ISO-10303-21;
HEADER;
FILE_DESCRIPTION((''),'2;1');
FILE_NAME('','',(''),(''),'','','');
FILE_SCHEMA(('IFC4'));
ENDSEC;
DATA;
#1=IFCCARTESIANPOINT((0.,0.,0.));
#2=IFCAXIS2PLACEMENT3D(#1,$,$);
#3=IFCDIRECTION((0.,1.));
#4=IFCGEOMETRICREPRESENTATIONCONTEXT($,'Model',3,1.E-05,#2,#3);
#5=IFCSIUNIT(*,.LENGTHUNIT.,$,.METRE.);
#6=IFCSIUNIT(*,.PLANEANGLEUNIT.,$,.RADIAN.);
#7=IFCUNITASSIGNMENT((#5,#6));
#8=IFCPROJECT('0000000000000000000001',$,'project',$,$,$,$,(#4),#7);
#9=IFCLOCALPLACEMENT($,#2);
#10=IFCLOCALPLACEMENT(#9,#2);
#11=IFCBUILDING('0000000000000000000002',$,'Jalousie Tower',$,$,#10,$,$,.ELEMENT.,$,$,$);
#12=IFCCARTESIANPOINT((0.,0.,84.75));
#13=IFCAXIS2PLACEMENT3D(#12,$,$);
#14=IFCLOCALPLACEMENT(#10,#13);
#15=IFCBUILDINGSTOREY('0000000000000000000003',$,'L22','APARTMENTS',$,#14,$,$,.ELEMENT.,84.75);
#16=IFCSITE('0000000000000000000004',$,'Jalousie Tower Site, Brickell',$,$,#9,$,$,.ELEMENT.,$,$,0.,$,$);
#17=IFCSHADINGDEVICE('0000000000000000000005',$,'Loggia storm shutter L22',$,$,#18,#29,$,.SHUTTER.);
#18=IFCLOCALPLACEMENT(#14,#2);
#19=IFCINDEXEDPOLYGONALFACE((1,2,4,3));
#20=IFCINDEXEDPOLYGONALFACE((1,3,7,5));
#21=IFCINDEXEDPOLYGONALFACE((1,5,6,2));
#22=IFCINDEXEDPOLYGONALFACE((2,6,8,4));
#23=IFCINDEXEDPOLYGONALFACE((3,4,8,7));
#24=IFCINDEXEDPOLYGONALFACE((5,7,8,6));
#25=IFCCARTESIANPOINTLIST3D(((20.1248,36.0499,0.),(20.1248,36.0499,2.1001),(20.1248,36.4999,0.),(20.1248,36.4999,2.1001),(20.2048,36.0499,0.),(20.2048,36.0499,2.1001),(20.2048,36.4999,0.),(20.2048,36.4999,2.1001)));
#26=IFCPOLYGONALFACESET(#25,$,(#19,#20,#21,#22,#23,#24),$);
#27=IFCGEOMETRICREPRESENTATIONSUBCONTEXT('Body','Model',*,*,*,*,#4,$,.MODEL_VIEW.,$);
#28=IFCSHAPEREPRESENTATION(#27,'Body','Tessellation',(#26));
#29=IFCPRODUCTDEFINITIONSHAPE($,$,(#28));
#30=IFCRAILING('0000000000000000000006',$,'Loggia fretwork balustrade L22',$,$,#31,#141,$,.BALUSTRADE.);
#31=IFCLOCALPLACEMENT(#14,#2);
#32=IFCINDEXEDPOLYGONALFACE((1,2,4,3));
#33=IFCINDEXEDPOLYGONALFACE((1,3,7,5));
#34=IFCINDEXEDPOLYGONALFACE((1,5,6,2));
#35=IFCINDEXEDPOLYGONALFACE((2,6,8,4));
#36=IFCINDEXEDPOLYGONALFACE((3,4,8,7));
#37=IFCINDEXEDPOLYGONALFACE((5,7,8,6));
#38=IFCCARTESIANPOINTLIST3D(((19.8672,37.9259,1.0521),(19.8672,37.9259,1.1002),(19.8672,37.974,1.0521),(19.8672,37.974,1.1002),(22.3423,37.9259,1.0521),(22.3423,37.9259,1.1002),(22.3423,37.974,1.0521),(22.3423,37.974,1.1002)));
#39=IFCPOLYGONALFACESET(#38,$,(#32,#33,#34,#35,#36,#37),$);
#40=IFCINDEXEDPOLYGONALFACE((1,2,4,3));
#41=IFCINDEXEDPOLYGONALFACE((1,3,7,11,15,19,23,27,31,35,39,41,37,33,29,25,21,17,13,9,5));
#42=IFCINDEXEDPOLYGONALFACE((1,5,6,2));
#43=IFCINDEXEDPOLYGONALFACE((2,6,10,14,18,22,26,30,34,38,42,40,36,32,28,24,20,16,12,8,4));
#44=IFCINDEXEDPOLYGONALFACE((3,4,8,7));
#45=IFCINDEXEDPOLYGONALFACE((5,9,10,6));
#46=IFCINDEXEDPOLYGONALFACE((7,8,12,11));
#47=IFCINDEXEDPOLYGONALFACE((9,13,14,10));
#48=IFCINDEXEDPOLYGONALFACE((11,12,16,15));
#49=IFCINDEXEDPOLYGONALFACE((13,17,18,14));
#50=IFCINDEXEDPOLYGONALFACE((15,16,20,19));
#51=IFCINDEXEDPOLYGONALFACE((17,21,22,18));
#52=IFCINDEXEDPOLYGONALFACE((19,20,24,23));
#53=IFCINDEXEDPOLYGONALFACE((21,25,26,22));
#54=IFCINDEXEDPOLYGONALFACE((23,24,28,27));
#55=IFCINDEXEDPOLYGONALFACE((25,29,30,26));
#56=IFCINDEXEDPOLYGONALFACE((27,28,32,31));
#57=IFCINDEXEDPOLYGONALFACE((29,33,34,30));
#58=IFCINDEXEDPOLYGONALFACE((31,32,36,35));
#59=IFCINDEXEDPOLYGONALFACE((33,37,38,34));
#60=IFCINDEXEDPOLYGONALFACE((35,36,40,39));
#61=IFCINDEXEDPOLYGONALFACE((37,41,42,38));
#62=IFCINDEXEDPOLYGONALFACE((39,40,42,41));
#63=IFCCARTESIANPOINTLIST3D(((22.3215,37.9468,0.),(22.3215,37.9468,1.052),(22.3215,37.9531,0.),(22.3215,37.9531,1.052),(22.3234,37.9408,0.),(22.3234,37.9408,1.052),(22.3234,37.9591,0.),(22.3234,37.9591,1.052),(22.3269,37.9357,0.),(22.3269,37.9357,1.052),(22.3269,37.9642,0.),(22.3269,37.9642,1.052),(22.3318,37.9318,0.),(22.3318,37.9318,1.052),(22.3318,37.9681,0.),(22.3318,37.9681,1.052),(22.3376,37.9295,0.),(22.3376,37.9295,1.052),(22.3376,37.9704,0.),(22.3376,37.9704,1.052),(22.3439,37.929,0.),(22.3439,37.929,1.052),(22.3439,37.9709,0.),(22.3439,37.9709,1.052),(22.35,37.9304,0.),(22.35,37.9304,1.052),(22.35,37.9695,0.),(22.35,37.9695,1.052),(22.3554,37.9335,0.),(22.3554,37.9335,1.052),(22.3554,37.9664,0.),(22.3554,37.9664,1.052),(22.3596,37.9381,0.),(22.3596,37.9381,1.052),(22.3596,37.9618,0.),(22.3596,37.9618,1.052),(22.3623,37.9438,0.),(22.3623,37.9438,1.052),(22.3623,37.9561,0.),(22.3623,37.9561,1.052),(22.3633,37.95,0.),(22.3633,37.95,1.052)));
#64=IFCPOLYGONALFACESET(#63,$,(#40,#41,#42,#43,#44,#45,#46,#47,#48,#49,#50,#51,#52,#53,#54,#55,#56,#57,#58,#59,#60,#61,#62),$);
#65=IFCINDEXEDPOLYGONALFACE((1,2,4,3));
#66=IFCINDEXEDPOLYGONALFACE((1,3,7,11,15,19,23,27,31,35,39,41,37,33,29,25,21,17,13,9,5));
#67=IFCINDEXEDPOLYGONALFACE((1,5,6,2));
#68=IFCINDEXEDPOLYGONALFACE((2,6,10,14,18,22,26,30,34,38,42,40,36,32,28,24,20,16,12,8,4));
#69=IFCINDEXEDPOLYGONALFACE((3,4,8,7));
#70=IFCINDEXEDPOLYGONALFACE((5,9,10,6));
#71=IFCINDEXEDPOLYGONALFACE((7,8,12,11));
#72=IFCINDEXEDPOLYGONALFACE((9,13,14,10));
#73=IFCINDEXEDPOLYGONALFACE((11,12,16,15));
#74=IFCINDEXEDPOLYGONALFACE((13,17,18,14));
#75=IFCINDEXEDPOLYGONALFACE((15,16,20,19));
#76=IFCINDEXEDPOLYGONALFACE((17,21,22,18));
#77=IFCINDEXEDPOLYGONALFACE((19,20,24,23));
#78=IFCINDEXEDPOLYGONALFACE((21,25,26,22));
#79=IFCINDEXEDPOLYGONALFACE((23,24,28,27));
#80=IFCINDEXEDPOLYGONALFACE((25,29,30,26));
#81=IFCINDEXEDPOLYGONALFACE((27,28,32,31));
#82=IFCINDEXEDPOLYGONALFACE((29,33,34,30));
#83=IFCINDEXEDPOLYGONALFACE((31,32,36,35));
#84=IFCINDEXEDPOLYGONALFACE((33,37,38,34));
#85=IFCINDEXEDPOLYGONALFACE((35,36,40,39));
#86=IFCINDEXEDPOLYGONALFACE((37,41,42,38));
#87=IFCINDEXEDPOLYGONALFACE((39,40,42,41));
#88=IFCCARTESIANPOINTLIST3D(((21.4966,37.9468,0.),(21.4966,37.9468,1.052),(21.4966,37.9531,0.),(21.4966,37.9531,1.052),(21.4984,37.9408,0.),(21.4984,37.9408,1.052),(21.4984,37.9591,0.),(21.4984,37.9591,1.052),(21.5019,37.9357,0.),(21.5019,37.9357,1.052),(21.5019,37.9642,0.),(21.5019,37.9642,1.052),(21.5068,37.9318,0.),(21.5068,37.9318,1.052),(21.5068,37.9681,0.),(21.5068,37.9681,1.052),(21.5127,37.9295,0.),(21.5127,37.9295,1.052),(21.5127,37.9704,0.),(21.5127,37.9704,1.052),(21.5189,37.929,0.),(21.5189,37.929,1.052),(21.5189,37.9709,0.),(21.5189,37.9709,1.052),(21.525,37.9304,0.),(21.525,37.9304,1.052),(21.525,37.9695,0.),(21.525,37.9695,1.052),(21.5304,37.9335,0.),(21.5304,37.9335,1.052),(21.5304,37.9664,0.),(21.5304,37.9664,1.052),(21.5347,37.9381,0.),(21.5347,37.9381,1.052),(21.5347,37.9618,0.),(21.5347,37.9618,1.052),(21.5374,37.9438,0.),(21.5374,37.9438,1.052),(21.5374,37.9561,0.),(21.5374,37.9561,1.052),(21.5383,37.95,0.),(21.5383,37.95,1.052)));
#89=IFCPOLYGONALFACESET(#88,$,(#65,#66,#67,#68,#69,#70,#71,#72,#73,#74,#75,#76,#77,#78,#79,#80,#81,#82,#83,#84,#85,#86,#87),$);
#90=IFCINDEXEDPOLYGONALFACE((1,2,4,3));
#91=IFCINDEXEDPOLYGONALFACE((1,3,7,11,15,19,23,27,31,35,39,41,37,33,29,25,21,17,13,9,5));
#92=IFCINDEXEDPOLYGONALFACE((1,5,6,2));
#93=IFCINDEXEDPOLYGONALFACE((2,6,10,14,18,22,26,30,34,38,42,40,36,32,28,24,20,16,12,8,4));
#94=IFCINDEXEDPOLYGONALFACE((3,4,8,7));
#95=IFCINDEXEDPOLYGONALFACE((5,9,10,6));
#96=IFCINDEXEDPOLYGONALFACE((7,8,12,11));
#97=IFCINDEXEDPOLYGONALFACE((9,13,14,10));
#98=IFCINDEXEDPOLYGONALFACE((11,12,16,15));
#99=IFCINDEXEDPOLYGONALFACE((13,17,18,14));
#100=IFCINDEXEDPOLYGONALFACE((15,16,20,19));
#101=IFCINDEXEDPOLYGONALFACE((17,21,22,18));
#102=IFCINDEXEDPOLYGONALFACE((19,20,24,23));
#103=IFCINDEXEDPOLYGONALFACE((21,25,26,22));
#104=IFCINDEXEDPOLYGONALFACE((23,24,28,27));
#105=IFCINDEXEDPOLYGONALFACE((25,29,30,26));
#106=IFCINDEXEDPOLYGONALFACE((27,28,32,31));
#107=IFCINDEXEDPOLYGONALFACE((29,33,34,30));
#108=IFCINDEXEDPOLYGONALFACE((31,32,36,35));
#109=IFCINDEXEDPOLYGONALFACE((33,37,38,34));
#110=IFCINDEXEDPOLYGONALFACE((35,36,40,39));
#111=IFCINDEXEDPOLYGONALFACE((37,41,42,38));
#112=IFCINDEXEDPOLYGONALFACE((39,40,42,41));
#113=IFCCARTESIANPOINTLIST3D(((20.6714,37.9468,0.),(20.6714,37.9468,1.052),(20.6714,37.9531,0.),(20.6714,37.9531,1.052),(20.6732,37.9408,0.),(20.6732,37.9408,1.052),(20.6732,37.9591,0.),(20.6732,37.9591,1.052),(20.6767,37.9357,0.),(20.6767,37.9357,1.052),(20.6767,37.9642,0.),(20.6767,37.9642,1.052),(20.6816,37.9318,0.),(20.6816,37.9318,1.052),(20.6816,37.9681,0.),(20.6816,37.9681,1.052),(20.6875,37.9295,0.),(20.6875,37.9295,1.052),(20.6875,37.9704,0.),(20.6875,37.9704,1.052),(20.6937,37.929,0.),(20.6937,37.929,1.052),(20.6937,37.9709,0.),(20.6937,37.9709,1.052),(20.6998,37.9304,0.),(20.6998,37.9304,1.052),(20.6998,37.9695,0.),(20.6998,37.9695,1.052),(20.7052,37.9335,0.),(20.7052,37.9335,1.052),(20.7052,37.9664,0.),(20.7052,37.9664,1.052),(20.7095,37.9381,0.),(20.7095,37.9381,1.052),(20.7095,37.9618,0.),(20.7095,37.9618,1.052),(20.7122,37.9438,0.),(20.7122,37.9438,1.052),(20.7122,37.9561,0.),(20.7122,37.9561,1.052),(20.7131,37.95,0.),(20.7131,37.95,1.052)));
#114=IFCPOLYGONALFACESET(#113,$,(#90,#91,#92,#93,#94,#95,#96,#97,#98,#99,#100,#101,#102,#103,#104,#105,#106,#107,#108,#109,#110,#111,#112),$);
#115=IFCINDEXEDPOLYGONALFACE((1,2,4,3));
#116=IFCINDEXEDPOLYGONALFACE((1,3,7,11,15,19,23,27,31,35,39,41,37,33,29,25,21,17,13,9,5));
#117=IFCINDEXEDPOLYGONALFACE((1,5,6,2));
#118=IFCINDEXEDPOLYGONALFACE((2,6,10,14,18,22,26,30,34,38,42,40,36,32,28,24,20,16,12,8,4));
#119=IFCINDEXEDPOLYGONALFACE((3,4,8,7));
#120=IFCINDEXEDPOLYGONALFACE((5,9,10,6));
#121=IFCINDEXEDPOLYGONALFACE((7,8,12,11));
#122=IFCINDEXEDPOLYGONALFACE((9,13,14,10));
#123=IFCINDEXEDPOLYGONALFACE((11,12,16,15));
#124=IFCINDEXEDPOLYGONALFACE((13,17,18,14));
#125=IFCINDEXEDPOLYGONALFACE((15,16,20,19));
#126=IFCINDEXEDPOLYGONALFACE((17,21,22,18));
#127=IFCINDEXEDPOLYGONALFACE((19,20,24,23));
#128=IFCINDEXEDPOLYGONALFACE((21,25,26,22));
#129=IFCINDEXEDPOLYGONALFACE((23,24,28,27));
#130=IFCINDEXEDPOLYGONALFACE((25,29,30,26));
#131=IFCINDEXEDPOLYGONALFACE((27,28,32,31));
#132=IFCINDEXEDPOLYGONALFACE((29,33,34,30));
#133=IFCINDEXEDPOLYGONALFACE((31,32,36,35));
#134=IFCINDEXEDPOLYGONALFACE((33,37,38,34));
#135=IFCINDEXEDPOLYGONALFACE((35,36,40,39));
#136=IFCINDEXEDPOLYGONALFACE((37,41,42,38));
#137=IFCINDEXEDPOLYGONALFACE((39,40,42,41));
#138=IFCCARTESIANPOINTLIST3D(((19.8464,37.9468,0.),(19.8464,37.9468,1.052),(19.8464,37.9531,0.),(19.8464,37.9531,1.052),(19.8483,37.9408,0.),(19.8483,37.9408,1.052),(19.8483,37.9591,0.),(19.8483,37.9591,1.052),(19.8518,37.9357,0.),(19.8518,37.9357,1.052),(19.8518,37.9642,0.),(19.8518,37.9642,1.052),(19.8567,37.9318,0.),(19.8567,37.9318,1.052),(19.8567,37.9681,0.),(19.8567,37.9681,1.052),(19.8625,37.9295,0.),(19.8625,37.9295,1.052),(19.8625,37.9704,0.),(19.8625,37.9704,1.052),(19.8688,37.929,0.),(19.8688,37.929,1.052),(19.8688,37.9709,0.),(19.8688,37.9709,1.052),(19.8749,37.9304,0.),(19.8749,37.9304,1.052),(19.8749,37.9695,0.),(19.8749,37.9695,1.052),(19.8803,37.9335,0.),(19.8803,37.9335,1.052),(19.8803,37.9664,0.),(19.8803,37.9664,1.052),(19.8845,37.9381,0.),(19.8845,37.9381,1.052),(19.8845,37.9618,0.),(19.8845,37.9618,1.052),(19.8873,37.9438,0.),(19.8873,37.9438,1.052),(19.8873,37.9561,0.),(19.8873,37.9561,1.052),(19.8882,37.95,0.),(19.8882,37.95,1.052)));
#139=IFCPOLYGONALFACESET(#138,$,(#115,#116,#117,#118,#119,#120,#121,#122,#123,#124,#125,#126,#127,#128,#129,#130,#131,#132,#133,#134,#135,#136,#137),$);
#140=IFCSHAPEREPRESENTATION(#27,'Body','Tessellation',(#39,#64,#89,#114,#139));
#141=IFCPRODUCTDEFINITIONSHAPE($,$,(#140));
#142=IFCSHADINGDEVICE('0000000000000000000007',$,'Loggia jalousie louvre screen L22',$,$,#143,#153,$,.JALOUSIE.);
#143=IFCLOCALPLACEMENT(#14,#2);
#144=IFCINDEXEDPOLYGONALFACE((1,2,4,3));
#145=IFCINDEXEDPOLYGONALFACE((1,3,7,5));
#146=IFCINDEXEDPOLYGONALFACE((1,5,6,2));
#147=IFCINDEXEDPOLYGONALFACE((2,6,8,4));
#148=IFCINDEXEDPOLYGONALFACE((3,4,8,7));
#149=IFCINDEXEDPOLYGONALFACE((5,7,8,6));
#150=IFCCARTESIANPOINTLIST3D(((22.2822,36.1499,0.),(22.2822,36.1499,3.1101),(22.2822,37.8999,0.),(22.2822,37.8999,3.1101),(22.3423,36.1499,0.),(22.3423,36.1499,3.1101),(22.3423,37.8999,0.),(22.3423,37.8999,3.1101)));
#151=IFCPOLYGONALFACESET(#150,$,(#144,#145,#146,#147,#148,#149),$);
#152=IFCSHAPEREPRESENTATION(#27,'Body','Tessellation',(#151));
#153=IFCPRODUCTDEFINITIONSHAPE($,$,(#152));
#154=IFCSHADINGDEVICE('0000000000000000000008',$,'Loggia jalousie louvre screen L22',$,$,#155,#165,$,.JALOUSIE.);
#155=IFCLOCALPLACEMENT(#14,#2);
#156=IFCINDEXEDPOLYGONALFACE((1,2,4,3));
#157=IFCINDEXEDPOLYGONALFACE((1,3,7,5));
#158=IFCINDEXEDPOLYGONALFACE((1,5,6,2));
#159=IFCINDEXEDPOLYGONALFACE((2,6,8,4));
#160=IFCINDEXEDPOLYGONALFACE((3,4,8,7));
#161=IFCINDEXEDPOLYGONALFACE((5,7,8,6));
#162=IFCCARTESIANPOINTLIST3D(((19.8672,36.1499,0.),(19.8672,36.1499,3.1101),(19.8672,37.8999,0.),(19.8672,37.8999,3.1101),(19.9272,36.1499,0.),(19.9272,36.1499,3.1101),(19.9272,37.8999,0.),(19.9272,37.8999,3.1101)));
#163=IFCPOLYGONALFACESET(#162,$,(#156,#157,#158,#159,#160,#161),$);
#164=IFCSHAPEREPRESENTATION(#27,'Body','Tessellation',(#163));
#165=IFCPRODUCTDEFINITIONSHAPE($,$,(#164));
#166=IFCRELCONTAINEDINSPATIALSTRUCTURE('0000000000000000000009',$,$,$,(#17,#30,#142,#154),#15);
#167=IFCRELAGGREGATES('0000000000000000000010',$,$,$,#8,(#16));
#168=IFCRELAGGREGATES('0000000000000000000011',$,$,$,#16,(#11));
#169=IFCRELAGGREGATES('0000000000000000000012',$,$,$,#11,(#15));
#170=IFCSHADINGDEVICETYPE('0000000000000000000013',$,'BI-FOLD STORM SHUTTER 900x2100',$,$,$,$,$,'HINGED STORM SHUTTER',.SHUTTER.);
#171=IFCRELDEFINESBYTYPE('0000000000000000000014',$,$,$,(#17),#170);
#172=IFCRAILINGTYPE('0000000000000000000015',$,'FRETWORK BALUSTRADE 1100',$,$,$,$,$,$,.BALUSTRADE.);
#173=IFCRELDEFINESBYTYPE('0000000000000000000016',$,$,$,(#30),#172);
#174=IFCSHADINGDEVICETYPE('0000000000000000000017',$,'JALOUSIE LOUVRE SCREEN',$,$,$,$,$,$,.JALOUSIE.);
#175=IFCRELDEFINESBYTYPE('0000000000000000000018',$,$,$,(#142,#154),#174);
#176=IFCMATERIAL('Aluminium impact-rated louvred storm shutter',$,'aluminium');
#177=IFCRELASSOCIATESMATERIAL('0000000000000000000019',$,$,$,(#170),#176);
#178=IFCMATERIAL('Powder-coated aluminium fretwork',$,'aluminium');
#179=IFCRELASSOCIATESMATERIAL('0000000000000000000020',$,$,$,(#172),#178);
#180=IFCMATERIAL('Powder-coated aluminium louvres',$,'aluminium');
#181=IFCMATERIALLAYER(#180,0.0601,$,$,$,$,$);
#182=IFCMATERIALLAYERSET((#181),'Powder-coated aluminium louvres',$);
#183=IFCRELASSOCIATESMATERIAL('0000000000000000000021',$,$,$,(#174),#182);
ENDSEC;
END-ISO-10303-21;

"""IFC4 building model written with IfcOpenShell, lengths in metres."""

from ifc_helpers import new_model, si_unit, direction, frame, origin, origin_2d, place, context, subcontext, project, spatial, rectangle, circle, extrude, material, layer, layer_set, type_object, element, save


model = new_model("IFC4")

# Units and contexts
model_context = context("Model", 3, precision=1e-05, world=origin(), true_north=direction((0.0, 1.0)))
body_context = subcontext(model_context, "Body", "Model", "MODEL_VIEW")
ifc_project = project(units=[si_unit("LENGTHUNIT", "METRE"), si_unit("PLANEANGLEUNIT", "RADIAN")], contexts=[model_context])

# Site, building, storey
site_placement = place(None, origin())
site = spatial("IfcSite", under=ifc_project, at=site_placement, Name="Jalousie Tower Site, Brickell", CompositionType="ELEMENT", RefElevation=0.0)
building_placement = place(site_placement, origin())
building = spatial("IfcBuilding", under=site, at=building_placement, Name="Jalousie Tower", CompositionType="ELEMENT")
storey_placement = place(building_placement, frame((0.0, 0.0, 84.75)))
storey = spatial("IfcBuildingStorey", under=building, at=storey_placement, Name="L22", Description="APARTMENTS", CompositionType="ELEMENT", Elevation=84.75)

# Shading device
ifc_material_1 = material(Name="Aluminium impact-rated louvred storm shutter", Category="aluminium")
shading_device_type_1 = type_object("IfcShadingDeviceType", Name="BI-FOLD STORM SHUTTER 900x2100", ElementType="HINGED STORM SHUTTER", PredefinedType="SHUTTER", material=ifc_material_1)
for number, where, z_axis, x_axis, name in (
    (1, (20.1648, 36.2749, 0.0), (0.0, 0.0, 1.0), (0.0, -1.0, 0.0), "Loggia storm shutter L22"),
):
    element("IfcShadingDevice", number, at=place(storey_placement, frame(where, z_axis=z_axis, x_axis=x_axis)), inside=storey, type_object=shading_device_type_1, Name=name, PredefinedType="SHUTTER", context=body_context, shape_type="SweptSolid", body=[
        extrude(rectangle(XDim=0.45, YDim=0.0801, at=origin_2d()), origin(), (0.0, 0.0, 1.0), 2.1001),
    ])

# Railing
ifc_material_2 = material(Name="Powder-coated aluminium fretwork", Category="aluminium")
railing_type = type_object("IfcRailingType", Name="FRETWORK BALUSTRADE 1100", PredefinedType="BALUSTRADE", material=ifc_material_2)
railing_placement = place(storey_placement, frame((22.3423, 37.95, 0.0)))
element("IfcRailing", 2, at=railing_placement, inside=storey, type_object=railing_type, Name="Loggia fretwork balustrade L22", PredefinedType="BALUSTRADE", context=body_context, shape_type="SweptSolid", body=[
    extrude(rectangle(XDim=0.0481, YDim=0.0481, at=origin_2d()), frame((0.0, 0.0, 1.0762), z_axis=(-1.0, 0.0, 0.0), x_axis=(0.0, -1.0, 0.0)), (0.0, 0.0, 1.0), 2.4751),
    extrude(circle(Radius=0.021, at=origin_2d()), origin(), (0.0, 0.0, 1.0), 1.052),
    extrude(circle(Radius=0.021, at=origin_2d()), frame((-0.825, 0.0, 0.0)), (0.0, 0.0, 1.0), 1.052),
    extrude(circle(Radius=0.021, at=origin_2d()), frame((-1.6501, 0.0, 0.0)), (0.0, 0.0, 1.0), 1.052),
    extrude(circle(Radius=0.021, at=origin_2d()), frame((-2.4751, 0.0, 0.0)), (0.0, 0.0, 1.0), 1.052),
])

# Shading devices
ifc_material_3 = material(Name="Powder-coated aluminium louvres", Category="aluminium")
ifc_layer_1 = layer(ifc_material_3, 0.0601)
ifc_layer_set_1 = layer_set([ifc_layer_1], Name="Powder-coated aluminium louvres")
shading_device_type_2 = type_object("IfcShadingDeviceType", Name="JALOUSIE LOUVRE SCREEN", PredefinedType="JALOUSIE", material=ifc_layer_set_1)
for number, where, z_axis, x_axis, name in (
    (3, (22.3123, 37.0249, 0.0), (0.0, 0.0, 1.0), (-1.0, 0.0, 0.0), "Loggia jalousie louvre screen L22"),
    (4, (19.8972, 37.0249, 0.0), (0.0, 0.0, 1.0), (-1.0, 0.0, 0.0), "Loggia jalousie louvre screen L22"),
):
    element("IfcShadingDevice", number, at=place(storey_placement, frame(where, z_axis=z_axis, x_axis=x_axis)), inside=storey, type_object=shading_device_type_2, Name=name, PredefinedType="JALOUSIE", context=body_context, shape_type="SweptSolid", body=[
        extrude(rectangle(XDim=0.0601, YDim=1.75, at=origin_2d()), origin(), (0.0, 0.0, 1.0), 3.1101),
    ])

save(model, "model.ifc")
